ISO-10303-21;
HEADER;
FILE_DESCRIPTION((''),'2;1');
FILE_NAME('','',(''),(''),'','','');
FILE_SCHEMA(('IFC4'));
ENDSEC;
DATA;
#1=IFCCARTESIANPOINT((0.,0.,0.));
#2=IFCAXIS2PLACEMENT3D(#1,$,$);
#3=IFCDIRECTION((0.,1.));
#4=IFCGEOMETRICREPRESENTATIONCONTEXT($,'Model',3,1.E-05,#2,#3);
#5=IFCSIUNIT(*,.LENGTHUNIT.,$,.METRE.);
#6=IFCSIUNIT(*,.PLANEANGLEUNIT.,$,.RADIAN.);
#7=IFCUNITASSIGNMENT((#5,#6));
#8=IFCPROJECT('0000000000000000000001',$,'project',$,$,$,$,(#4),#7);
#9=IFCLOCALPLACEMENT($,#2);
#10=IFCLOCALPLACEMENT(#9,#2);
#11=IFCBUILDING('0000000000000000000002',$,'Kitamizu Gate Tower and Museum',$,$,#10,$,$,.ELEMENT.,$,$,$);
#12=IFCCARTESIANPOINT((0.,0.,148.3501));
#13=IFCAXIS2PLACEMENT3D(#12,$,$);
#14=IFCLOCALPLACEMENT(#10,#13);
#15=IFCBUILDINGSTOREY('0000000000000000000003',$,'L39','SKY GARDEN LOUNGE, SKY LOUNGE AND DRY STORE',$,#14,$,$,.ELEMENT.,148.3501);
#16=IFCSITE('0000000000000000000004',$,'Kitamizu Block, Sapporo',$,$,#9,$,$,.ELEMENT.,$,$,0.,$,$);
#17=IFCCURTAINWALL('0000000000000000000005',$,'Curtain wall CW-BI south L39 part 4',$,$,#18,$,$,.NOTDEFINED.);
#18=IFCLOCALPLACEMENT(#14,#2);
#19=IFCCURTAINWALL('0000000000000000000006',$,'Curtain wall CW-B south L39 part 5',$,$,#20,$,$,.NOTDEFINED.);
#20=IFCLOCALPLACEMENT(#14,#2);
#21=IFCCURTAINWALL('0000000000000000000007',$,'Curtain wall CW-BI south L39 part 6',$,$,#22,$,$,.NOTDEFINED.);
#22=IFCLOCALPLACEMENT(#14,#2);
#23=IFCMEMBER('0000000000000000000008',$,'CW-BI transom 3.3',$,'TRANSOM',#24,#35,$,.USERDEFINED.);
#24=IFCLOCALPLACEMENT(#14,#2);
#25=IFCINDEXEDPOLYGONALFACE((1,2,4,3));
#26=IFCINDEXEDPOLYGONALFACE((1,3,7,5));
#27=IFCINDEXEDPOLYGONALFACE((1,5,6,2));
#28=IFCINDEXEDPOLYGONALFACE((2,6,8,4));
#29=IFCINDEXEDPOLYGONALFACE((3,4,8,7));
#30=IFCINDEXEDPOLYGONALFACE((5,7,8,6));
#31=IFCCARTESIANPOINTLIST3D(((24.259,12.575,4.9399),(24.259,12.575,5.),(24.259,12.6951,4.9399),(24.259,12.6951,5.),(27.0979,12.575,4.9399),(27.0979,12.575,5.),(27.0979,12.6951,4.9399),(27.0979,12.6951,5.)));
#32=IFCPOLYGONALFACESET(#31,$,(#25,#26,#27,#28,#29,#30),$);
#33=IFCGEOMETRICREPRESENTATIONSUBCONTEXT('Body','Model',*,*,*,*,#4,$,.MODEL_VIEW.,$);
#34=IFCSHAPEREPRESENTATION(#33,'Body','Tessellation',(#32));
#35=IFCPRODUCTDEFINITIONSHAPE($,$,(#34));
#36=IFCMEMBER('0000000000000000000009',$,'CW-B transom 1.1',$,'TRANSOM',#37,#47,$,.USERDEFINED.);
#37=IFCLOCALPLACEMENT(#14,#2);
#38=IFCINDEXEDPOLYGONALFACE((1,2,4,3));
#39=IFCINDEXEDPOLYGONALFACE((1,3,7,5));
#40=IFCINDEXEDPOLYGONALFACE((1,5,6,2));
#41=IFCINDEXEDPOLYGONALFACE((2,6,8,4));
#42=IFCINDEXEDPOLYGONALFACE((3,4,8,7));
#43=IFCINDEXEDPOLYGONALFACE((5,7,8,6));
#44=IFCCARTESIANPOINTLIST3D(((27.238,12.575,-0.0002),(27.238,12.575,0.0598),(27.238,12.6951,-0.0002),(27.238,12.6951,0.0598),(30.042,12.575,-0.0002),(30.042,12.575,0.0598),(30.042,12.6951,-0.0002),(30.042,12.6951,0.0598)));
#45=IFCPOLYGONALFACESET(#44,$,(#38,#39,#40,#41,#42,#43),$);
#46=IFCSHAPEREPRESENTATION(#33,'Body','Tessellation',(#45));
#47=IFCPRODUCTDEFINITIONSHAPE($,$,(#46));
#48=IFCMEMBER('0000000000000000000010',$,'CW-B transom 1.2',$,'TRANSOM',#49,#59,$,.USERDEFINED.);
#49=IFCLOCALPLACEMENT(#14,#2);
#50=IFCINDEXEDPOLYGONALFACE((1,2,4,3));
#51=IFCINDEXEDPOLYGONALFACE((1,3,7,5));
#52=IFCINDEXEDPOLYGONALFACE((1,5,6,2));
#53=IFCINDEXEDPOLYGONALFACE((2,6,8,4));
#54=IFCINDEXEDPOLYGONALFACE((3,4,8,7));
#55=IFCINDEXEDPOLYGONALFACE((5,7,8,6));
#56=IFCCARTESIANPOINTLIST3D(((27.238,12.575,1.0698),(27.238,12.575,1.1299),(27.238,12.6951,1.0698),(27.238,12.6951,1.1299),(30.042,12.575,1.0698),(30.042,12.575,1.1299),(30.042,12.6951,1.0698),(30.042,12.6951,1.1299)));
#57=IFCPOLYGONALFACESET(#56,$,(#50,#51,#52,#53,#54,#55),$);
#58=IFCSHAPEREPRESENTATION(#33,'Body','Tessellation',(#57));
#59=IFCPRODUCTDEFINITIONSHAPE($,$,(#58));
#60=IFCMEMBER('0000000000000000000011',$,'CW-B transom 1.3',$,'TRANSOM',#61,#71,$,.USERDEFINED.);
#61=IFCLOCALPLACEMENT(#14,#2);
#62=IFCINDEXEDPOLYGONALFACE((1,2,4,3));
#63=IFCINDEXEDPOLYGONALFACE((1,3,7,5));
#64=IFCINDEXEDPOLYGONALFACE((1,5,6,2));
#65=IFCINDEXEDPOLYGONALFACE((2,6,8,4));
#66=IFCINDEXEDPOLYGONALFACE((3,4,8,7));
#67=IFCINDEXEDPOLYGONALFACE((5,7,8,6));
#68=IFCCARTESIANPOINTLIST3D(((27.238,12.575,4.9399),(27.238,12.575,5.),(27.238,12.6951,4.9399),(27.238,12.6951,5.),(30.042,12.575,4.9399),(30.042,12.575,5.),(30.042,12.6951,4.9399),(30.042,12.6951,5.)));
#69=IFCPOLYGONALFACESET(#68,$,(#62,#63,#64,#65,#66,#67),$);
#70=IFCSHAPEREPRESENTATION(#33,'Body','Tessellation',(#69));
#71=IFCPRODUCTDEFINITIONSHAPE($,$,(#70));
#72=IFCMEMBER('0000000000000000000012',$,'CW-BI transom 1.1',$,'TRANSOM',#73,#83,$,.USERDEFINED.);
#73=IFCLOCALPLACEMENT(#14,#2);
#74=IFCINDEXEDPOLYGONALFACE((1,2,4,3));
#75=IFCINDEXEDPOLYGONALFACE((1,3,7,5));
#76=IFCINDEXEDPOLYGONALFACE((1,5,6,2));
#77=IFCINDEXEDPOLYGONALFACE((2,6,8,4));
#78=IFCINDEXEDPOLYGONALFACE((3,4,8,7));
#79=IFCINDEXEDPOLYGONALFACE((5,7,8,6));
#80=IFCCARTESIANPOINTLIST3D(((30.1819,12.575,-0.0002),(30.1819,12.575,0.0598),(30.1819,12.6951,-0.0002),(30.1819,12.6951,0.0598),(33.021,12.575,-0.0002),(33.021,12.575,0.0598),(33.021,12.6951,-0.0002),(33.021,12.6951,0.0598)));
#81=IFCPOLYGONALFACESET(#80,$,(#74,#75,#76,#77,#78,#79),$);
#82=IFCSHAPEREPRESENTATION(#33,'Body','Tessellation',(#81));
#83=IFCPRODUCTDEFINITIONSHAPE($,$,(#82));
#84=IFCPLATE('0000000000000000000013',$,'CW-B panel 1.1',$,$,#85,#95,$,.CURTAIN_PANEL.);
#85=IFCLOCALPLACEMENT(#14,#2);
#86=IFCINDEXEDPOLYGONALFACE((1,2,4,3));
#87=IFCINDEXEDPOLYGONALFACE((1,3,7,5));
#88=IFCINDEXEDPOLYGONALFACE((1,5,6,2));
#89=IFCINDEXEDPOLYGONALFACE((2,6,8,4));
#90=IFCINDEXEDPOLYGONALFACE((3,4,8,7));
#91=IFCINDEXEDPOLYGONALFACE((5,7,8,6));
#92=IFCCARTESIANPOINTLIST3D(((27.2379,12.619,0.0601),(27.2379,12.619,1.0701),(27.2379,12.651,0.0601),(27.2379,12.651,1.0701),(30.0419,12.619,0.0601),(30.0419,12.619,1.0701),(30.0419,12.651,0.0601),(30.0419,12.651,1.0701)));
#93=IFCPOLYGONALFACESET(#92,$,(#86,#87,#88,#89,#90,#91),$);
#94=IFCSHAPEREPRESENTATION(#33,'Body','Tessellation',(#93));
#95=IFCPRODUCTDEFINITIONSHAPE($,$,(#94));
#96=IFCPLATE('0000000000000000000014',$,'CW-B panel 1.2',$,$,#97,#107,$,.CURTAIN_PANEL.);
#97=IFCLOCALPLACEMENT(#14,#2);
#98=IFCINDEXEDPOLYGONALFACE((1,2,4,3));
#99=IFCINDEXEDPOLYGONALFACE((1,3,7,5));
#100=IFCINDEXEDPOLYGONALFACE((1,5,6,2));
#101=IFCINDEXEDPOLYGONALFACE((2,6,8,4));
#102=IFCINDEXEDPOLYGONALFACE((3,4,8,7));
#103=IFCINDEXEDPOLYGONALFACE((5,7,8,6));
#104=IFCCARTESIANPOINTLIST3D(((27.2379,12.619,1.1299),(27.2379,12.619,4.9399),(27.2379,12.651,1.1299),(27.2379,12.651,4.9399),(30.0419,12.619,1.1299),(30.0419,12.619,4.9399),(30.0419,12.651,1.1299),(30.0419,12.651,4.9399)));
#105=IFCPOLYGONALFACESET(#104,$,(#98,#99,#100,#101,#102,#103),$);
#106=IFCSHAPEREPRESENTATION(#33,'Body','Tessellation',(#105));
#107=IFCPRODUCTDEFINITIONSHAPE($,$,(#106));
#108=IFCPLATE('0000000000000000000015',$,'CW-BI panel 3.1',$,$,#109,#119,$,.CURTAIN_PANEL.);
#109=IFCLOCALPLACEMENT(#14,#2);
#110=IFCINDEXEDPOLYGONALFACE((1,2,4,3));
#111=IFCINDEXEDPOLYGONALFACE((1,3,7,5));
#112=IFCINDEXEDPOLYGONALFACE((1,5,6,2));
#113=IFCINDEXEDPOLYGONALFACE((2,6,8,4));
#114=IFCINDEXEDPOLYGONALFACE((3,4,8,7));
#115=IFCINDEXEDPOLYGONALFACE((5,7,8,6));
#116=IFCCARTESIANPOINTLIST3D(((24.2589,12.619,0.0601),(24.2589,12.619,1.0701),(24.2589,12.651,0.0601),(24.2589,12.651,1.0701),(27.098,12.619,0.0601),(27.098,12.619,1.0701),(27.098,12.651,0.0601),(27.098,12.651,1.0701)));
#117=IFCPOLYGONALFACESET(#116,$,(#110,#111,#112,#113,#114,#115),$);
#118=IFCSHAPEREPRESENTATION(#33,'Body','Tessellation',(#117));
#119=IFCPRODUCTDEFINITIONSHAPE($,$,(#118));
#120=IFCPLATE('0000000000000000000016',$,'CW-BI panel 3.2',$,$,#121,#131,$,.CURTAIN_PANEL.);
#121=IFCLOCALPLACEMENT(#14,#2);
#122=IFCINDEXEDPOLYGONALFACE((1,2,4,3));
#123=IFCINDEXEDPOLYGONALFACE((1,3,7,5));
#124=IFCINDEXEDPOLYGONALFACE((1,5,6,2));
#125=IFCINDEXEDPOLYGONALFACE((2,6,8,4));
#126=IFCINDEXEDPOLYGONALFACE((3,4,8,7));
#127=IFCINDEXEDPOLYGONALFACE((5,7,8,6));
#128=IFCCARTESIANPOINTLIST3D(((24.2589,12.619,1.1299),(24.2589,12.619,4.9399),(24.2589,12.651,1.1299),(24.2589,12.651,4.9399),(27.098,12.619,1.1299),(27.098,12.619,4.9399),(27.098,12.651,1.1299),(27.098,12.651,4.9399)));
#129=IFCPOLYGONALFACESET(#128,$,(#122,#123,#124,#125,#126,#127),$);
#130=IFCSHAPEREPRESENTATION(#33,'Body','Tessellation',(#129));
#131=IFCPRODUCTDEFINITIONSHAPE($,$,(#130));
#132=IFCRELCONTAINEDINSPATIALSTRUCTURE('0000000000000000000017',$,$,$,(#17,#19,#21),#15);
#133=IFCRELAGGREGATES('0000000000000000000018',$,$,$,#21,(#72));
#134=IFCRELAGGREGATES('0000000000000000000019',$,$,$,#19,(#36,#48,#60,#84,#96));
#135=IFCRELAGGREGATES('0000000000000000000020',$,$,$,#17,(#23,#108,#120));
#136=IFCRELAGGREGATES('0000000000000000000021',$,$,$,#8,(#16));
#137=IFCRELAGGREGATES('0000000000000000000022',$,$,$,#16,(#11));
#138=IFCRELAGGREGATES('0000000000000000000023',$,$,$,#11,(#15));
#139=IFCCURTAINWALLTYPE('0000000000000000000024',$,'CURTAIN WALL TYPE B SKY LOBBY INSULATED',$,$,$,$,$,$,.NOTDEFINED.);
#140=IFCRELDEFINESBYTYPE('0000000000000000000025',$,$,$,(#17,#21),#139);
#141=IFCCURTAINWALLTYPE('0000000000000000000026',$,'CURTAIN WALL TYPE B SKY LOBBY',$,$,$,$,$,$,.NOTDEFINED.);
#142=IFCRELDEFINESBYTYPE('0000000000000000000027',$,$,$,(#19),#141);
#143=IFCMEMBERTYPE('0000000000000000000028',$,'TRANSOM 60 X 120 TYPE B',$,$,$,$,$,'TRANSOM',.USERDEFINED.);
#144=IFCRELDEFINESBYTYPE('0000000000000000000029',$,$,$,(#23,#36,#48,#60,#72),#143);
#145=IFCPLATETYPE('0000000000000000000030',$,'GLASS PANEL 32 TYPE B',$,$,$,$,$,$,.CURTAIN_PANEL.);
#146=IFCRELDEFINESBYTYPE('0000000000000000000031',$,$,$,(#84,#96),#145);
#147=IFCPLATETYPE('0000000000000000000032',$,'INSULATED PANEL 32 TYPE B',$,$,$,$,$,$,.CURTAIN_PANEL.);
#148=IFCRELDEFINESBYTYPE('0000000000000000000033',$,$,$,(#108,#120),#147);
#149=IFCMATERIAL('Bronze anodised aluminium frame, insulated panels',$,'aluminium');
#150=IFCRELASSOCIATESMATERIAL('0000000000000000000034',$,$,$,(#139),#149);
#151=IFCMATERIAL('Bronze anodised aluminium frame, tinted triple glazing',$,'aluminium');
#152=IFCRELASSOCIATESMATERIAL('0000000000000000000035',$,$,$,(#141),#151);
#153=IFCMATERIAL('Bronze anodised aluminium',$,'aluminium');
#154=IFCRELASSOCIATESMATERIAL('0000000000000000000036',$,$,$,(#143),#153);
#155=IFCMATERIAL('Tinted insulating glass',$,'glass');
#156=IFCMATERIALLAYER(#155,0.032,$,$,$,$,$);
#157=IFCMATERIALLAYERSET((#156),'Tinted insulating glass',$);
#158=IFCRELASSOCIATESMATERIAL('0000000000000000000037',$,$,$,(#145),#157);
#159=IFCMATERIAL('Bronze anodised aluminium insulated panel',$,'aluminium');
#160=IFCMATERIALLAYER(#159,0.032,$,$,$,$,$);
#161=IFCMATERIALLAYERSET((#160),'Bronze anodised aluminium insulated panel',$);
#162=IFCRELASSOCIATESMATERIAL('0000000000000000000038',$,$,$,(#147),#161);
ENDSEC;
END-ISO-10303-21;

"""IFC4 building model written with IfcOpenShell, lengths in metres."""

from ifc_helpers import new_model, si_unit, direction, frame, origin, origin_2d, place, context, subcontext, project, spatial, rectangle, extrude, material, layer, layer_set, material_profile, profile_set, type_object, element, aggregate, save


model = new_model("IFC4")

# Units and contexts
model_context = context("Model", 3, precision=1e-05, world=origin(), true_north=direction((0.0, 1.0)))
body_context = subcontext(model_context, "Body", "Model", "MODEL_VIEW")
ifc_project = project(units=[si_unit("LENGTHUNIT", "METRE"), si_unit("PLANEANGLEUNIT", "RADIAN")], contexts=[model_context])

# Site, building, storey
site_placement = place(None, origin())
site = spatial("IfcSite", under=ifc_project, at=site_placement, Name="Kitamizu Block, Sapporo", CompositionType="ELEMENT", RefElevation=0.0)
building_placement = place(site_placement, origin())
building = spatial("IfcBuilding", under=site, at=building_placement, Name="Kitamizu Gate Tower and Museum", CompositionType="ELEMENT")
storey_placement = place(building_placement, frame((0.0, 0.0, 148.3501)))
storey = spatial("IfcBuildingStorey", under=building, at=storey_placement, Name="L39", Description="SKY GARDEN LOUNGE, SKY LOUNGE AND DRY STORE", CompositionType="ELEMENT", Elevation=148.3501)

# Curtain walls
ifc_material_1 = material(Name="Bronze anodised aluminium frame, insulated panels", Category="aluminium")
curtain_wall_type_1 = type_object("IfcCurtainWallType", Name="CURTAIN WALL TYPE B SKY LOBBY INSULATED", PredefinedType="NOTDEFINED", material=ifc_material_1)
curtain_wall_1_placement = place(storey_placement, origin())
curtain_wall_1 = element("IfcCurtainWall", 1, at=curtain_wall_1_placement, inside=storey, type_object=curtain_wall_type_1, Name="Curtain wall CW-BI south L39 part 4", PredefinedType="NOTDEFINED")
ifc_material_2 = material(Name="Bronze anodised aluminium frame, tinted triple glazing", Category="aluminium")
curtain_wall_type_2 = type_object("IfcCurtainWallType", Name="CURTAIN WALL TYPE B SKY LOBBY", PredefinedType="NOTDEFINED", material=ifc_material_2)
curtain_wall_2_placement = place(storey_placement, origin())
curtain_wall_2 = element("IfcCurtainWall", 2, at=curtain_wall_2_placement, inside=storey, type_object=curtain_wall_type_2, Name="Curtain wall CW-B south L39 part 5", PredefinedType="NOTDEFINED")

# Curtain wall
curtain_wall_3_placement = place(storey_placement, origin())
curtain_wall_3 = element("IfcCurtainWall", 3, at=curtain_wall_3_placement, inside=storey, type_object=curtain_wall_type_1, Name="Curtain wall CW-BI south L39 part 6", PredefinedType="NOTDEFINED")

# Members
ifc_material_3 = material(Name="Bronze anodised aluminium", Category="aluminium")
ifc_material_profile_1 = material_profile(ifc_material_3, rectangle(XDim=0.1201, YDim=0.0601, at=origin_2d()), Name="AL 60X120")
ifc_profile_set_1 = profile_set([ifc_material_profile_1], Name="Bronze anodised aluminium")
member_type_1 = type_object("IfcMemberType", Name="TRANSOM 60 X 120 TYPE B", ElementType="TRANSOM", PredefinedType="USERDEFINED", material=ifc_profile_set_1)
member_1_placement = place(storey_placement, frame((24.259, 12.635, 4.97), z_axis=(1.0, 0.0, 0.0), x_axis=(0.0, 1.0, 0.0)))
member_1 = element("IfcMember", 4, at=member_1_placement, type_object=member_type_1, Name="CW-BI transom 3.3", ObjectType="TRANSOM", PredefinedType="USERDEFINED", context=body_context, shape_type="SweptSolid", body=[
    extrude(rectangle(XDim=0.1201, YDim=0.0601, at=origin_2d()), origin(), (0.0, 0.0, 1.0), 2.8389),
])
member_2_placement = place(storey_placement, frame((27.238, 12.635, 0.0298), z_axis=(1.0, 0.0, 0.0), x_axis=(0.0, 1.0, 0.0)))
member_2 = element("IfcMember", 5, at=member_2_placement, type_object=member_type_1, Name="CW-B transom 1.1", ObjectType="TRANSOM", PredefinedType="USERDEFINED", context=body_context, shape_type="SweptSolid", body=[
    extrude(rectangle(XDim=0.1201, YDim=0.0601, at=origin_2d()), origin(), (0.0, 0.0, 1.0), 2.804),
])
member_3_placement = place(storey_placement, frame((27.238, 12.635, 1.0999), z_axis=(1.0, 0.0, 0.0), x_axis=(0.0, 1.0, 0.0)))
member_3 = element("IfcMember", 6, at=member_3_placement, type_object=member_type_1, Name="CW-B transom 1.2", ObjectType="TRANSOM", PredefinedType="USERDEFINED", context=body_context, shape_type="SweptSolid", body=[
    extrude(rectangle(XDim=0.1201, YDim=0.0601, at=origin_2d()), origin(), (0.0, 0.0, 1.0), 2.804),
])
member_4_placement = place(storey_placement, frame((27.238, 12.635, 4.97), z_axis=(1.0, 0.0, 0.0), x_axis=(0.0, 1.0, 0.0)))
member_4 = element("IfcMember", 7, at=member_4_placement, type_object=member_type_1, Name="CW-B transom 1.3", ObjectType="TRANSOM", PredefinedType="USERDEFINED", context=body_context, shape_type="SweptSolid", body=[
    extrude(rectangle(XDim=0.1201, YDim=0.0601, at=origin_2d()), origin(), (0.0, 0.0, 1.0), 2.804),
])
member_5_placement = place(storey_placement, frame((30.1819, 12.635, 0.0298), z_axis=(1.0, 0.0, 0.0), x_axis=(0.0, 1.0, 0.0)))
member_5 = element("IfcMember", 8, at=member_5_placement, type_object=member_type_1, Name="CW-BI transom 1.1", ObjectType="TRANSOM", PredefinedType="USERDEFINED", context=body_context, shape_type="SweptSolid", body=[
    extrude(rectangle(XDim=0.1201, YDim=0.0601, at=origin_2d()), origin(), (0.0, 0.0, 1.0), 2.8391),
])
aggregate(curtain_wall_3, [member_5])

# Plates
ifc_material_4 = material(Name="Tinted insulating glass", Category="glass")
ifc_layer_1 = layer(ifc_material_4, 0.032)
ifc_layer_set_1 = layer_set([ifc_layer_1], Name="Tinted insulating glass")
plate_type_1 = type_object("IfcPlateType", Name="GLASS PANEL 32 TYPE B", PredefinedType="CURTAIN_PANEL", material=ifc_layer_set_1)
plate_1_placement = place(storey_placement, frame((28.6399, 12.635, 0.0601), z_axis=(0.0, 0.0, 1.0), x_axis=(1.0, 0.0, 0.0)))
plate_1 = element("IfcPlate", 9, at=plate_1_placement, type_object=plate_type_1, Name="CW-B panel 1.1", PredefinedType="CURTAIN_PANEL", context=body_context, shape_type="SweptSolid", body=[
    extrude(rectangle(XDim=2.804, YDim=0.032, at=origin_2d()), origin(), (0.0, 0.0, 1.0), 1.01),
])
plate_2_placement = place(storey_placement, frame((28.6399, 12.635, 1.1299), z_axis=(0.0, 0.0, 1.0), x_axis=(1.0, 0.0, 0.0)))
plate_2 = element("IfcPlate", 10, at=plate_2_placement, type_object=plate_type_1, Name="CW-B panel 1.2", PredefinedType="CURTAIN_PANEL", context=body_context, shape_type="SweptSolid", body=[
    extrude(rectangle(XDim=2.804, YDim=0.032, at=origin_2d()), origin(), (0.0, 0.0, 1.0), 3.8101),
])
aggregate(curtain_wall_2, [member_2, member_3, member_4, plate_1, plate_2])
ifc_material_5 = material(Name="Bronze anodised aluminium insulated panel", Category="aluminium")
ifc_layer_2 = layer(ifc_material_5, 0.032)
ifc_layer_set_2 = layer_set([ifc_layer_2], Name="Bronze anodised aluminium insulated panel")
plate_type_2 = type_object("IfcPlateType", Name="INSULATED PANEL 32 TYPE B", PredefinedType="CURTAIN_PANEL", material=ifc_layer_set_2)
plate_3_placement = place(storey_placement, frame((25.6785, 12.635, 0.0601), z_axis=(0.0, 0.0, 1.0), x_axis=(1.0, 0.0, 0.0)))
plate_3 = element("IfcPlate", 11, at=plate_3_placement, type_object=plate_type_2, Name="CW-BI panel 3.1", PredefinedType="CURTAIN_PANEL", context=body_context, shape_type="SweptSolid", body=[
    extrude(rectangle(XDim=2.8391, YDim=0.032, at=origin_2d()), origin(), (0.0, 0.0, 1.0), 1.01),
])
plate_4_placement = place(storey_placement, frame((25.6785, 12.635, 1.1299), z_axis=(0.0, 0.0, 1.0), x_axis=(1.0, 0.0, 0.0)))
plate_4 = element("IfcPlate", 12, at=plate_4_placement, type_object=plate_type_2, Name="CW-BI panel 3.2", PredefinedType="CURTAIN_PANEL", context=body_context, shape_type="SweptSolid", body=[
    extrude(rectangle(XDim=2.8391, YDim=0.032, at=origin_2d()), origin(), (0.0, 0.0, 1.0), 3.8101),
])
aggregate(curtain_wall_1, [member_1, plate_3, plate_4])

save(model, "model.ifc")
